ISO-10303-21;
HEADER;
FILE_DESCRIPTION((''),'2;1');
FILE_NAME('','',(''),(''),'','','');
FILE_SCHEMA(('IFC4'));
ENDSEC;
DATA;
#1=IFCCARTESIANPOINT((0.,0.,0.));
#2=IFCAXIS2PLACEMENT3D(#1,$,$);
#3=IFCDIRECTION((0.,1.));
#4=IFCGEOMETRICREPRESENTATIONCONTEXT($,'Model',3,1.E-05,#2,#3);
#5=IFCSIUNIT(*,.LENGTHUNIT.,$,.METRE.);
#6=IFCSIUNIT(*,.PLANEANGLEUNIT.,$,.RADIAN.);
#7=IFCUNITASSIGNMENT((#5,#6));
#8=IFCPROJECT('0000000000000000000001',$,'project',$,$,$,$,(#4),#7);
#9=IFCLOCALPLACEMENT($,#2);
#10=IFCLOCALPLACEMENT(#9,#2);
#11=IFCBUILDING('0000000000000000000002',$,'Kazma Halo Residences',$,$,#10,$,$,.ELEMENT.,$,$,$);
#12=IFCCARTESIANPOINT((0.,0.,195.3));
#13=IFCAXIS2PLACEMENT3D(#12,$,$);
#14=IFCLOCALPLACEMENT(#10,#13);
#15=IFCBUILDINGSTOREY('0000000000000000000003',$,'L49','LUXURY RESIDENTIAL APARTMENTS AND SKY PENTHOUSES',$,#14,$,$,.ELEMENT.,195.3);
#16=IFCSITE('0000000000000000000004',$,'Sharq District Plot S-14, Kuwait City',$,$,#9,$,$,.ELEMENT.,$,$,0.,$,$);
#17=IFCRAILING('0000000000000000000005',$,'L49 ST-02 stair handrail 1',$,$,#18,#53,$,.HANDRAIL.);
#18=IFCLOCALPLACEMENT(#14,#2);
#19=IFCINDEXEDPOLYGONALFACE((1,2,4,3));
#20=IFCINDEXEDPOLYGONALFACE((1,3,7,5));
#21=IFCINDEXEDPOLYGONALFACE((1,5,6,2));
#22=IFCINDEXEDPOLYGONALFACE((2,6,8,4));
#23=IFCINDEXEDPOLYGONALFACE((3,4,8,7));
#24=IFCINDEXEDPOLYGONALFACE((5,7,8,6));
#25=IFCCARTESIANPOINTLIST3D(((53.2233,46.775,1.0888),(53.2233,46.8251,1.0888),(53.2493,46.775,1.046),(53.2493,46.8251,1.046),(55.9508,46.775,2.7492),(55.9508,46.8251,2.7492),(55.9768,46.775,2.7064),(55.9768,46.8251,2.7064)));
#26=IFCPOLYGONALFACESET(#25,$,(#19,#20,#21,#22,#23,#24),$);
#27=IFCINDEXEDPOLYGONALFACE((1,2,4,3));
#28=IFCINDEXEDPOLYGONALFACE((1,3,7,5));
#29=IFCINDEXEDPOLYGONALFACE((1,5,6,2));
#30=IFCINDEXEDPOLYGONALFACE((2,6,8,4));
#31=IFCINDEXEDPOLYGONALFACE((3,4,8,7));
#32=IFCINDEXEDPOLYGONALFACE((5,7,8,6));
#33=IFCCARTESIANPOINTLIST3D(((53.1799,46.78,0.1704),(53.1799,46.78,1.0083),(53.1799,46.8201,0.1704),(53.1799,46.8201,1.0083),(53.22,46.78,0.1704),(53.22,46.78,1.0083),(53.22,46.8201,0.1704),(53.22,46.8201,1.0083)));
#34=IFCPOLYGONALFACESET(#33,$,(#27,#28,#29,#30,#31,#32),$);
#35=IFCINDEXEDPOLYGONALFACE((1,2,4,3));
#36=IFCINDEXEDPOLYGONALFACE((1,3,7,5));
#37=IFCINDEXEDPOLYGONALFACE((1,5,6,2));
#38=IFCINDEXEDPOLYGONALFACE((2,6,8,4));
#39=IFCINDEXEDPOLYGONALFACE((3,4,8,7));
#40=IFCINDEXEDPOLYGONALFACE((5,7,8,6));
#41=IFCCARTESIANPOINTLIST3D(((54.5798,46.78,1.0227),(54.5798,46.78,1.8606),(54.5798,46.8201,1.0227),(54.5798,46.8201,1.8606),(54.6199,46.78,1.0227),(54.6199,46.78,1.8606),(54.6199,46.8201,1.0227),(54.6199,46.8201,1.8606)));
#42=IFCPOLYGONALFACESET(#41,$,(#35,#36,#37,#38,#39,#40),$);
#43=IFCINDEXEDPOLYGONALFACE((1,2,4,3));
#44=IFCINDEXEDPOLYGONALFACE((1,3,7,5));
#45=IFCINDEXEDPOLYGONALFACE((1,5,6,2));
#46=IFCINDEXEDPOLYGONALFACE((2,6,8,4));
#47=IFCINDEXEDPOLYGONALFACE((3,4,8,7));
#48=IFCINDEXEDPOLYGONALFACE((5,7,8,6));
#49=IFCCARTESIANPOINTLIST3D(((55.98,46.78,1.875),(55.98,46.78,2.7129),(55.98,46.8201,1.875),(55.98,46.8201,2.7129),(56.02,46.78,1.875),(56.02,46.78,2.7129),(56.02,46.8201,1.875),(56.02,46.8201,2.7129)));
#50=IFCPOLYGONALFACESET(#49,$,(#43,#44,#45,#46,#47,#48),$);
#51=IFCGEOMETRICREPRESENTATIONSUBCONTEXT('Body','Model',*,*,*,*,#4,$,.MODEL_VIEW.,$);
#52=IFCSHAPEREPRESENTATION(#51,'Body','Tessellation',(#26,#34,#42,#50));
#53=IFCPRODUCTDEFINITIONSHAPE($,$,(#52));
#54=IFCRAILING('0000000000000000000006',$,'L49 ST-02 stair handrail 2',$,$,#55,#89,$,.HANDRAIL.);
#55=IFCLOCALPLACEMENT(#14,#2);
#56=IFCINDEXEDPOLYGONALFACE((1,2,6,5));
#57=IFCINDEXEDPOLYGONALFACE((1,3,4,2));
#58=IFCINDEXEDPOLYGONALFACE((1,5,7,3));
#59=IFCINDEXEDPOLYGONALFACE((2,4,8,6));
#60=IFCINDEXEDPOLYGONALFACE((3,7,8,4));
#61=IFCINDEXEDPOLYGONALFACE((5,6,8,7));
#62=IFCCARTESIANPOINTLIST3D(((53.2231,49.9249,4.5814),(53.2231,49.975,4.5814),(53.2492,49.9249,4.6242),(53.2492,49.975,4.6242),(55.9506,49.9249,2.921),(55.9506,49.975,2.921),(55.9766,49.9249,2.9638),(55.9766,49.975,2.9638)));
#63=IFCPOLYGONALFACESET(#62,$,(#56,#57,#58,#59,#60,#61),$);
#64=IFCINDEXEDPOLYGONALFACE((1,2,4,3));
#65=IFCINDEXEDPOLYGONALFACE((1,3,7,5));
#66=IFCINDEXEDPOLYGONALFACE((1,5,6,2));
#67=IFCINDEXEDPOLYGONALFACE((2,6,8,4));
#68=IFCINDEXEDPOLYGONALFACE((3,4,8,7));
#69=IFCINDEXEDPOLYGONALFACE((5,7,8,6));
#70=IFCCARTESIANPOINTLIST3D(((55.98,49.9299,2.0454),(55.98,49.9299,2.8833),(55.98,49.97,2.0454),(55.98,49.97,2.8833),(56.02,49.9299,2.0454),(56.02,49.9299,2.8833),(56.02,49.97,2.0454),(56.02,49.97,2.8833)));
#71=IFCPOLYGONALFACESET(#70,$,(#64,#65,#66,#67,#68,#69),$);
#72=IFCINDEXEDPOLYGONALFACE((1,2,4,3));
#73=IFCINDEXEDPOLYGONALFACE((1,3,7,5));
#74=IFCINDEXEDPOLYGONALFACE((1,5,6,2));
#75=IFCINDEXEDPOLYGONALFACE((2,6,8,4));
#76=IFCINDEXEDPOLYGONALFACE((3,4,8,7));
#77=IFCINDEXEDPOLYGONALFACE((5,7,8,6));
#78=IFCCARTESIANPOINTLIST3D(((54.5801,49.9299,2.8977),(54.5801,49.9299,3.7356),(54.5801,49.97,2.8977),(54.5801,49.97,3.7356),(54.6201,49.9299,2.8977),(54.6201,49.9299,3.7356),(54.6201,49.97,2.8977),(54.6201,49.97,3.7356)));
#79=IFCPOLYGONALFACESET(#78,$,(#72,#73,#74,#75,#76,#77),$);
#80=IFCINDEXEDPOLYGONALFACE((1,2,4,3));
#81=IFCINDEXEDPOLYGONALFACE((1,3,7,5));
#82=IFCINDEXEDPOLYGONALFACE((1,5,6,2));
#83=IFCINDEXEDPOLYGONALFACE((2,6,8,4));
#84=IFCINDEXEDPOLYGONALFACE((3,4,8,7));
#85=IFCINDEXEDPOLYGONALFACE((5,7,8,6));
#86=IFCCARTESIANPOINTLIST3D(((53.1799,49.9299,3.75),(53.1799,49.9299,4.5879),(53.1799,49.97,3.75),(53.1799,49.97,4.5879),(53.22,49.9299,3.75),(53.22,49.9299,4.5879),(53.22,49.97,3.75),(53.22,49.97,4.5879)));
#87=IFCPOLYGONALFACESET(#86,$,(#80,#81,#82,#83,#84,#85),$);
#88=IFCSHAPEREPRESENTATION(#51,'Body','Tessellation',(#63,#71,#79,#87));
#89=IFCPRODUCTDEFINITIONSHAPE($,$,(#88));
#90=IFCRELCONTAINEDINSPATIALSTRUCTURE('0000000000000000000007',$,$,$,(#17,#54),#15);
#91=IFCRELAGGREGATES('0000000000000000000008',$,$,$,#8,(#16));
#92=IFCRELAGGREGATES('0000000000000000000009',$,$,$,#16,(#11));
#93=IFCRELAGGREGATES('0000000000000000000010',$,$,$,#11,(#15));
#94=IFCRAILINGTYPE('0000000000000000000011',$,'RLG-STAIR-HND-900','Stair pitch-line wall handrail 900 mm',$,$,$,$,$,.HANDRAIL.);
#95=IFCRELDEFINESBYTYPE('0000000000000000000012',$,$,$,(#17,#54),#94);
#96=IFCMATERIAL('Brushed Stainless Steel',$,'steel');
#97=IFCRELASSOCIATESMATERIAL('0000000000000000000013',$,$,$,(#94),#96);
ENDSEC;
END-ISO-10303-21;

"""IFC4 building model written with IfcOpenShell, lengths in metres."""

from ifc_helpers import new_model, si_unit, direction, frame, origin, origin_2d, place, context, subcontext, project, spatial, rectangle, extrude, material, type_object, element, save


model = new_model("IFC4")

# Units and contexts
model_context = context("Model", 3, precision=1e-05, world=origin(), true_north=direction((0.0, 1.0)))
body_context = subcontext(model_context, "Body", "Model", "MODEL_VIEW")
ifc_project = project(units=[si_unit("LENGTHUNIT", "METRE"), si_unit("PLANEANGLEUNIT", "RADIAN")], contexts=[model_context])

# Site, building, storey
site_placement = place(None, origin())
site = spatial("IfcSite", under=ifc_project, at=site_placement, Name="Sharq District Plot S-14, Kuwait City", CompositionType="ELEMENT", RefElevation=0.0)
building_placement = place(site_placement, origin())
building = spatial("IfcBuilding", under=site, at=building_placement, Name="Kazma Halo Residences", CompositionType="ELEMENT")
storey_placement = place(building_placement, frame((0.0, 0.0, 195.3)))
storey = spatial("IfcBuildingStorey", under=building, at=storey_placement, Name="L49", Description="LUXURY RESIDENTIAL APARTMENTS AND SKY PENTHOUSES", CompositionType="ELEMENT", Elevation=195.3)

# Railings
ifc_material_1 = material(Name="Brushed Stainless Steel", Category="steel")
railing_type_1 = type_object("IfcRailingType", Name="RLG-STAIR-HND-900", Description="Stair pitch-line wall handrail 900 mm", PredefinedType="HANDRAIL", material=ifc_material_1)
railing_1_placement = place(storey_placement, frame((53.2, 46.8, 0.1704)))
element("IfcRailing", 1, at=railing_1_placement, inside=storey, type_object=railing_type_1, Name="L49 ST-02 stair handrail 1", PredefinedType="HANDRAIL", context=body_context, shape_type="SweptSolid", body=[
    extrude(rectangle(XDim=0.05, YDim=0.05, at=origin_2d()), frame((0.0364, 0.0, 0.897), z_axis=(0.85417, 0.0, 0.519994), x_axis=(0.0, 1.0, 0.0)), (0.0, 0.0, 1.0), 3.1931),
    extrude(rectangle(XDim=0.04, YDim=0.04, at=origin_2d()), origin(), (0.0, 0.0, 1.0), 0.8379),
    extrude(rectangle(XDim=0.04, YDim=0.04, at=origin_2d()), frame((1.3999, 0.0, 0.8523)), (0.0, 0.0, 1.0), 0.8379),
    extrude(rectangle(XDim=0.04, YDim=0.04, at=origin_2d()), frame((2.8, 0.0, 1.7046)), (0.0, 0.0, 1.0), 0.8379),
])
railing_2_placement = place(storey_placement, frame((56.0, 49.95, 2.0454)))
element("IfcRailing", 2, at=railing_2_placement, inside=storey, type_object=railing_type_1, Name="L49 ST-02 stair handrail 2", PredefinedType="HANDRAIL", context=body_context, shape_type="SweptSolid", body=[
    extrude(rectangle(XDim=0.05, YDim=0.05, at=origin_2d()), frame((-0.0364, 0.0, 0.897), z_axis=(-0.85417, 0.0, 0.519994), x_axis=(0.0, -1.0, 0.0)), (0.0, 0.0, 1.0), 3.1931),
    extrude(rectangle(XDim=0.04, YDim=0.04, at=origin_2d()), origin(), (0.0, 0.0, 1.0), 0.8379),
    extrude(rectangle(XDim=0.04, YDim=0.04, at=origin_2d()), frame((-1.3999, 0.0, 0.8523)), (0.0, 0.0, 1.0), 0.8379),
    extrude(rectangle(XDim=0.04, YDim=0.04, at=origin_2d()), frame((-2.8, 0.0, 1.7046)), (0.0, 0.0, 1.0), 0.8379),
])

save(model, "model.ifc")
